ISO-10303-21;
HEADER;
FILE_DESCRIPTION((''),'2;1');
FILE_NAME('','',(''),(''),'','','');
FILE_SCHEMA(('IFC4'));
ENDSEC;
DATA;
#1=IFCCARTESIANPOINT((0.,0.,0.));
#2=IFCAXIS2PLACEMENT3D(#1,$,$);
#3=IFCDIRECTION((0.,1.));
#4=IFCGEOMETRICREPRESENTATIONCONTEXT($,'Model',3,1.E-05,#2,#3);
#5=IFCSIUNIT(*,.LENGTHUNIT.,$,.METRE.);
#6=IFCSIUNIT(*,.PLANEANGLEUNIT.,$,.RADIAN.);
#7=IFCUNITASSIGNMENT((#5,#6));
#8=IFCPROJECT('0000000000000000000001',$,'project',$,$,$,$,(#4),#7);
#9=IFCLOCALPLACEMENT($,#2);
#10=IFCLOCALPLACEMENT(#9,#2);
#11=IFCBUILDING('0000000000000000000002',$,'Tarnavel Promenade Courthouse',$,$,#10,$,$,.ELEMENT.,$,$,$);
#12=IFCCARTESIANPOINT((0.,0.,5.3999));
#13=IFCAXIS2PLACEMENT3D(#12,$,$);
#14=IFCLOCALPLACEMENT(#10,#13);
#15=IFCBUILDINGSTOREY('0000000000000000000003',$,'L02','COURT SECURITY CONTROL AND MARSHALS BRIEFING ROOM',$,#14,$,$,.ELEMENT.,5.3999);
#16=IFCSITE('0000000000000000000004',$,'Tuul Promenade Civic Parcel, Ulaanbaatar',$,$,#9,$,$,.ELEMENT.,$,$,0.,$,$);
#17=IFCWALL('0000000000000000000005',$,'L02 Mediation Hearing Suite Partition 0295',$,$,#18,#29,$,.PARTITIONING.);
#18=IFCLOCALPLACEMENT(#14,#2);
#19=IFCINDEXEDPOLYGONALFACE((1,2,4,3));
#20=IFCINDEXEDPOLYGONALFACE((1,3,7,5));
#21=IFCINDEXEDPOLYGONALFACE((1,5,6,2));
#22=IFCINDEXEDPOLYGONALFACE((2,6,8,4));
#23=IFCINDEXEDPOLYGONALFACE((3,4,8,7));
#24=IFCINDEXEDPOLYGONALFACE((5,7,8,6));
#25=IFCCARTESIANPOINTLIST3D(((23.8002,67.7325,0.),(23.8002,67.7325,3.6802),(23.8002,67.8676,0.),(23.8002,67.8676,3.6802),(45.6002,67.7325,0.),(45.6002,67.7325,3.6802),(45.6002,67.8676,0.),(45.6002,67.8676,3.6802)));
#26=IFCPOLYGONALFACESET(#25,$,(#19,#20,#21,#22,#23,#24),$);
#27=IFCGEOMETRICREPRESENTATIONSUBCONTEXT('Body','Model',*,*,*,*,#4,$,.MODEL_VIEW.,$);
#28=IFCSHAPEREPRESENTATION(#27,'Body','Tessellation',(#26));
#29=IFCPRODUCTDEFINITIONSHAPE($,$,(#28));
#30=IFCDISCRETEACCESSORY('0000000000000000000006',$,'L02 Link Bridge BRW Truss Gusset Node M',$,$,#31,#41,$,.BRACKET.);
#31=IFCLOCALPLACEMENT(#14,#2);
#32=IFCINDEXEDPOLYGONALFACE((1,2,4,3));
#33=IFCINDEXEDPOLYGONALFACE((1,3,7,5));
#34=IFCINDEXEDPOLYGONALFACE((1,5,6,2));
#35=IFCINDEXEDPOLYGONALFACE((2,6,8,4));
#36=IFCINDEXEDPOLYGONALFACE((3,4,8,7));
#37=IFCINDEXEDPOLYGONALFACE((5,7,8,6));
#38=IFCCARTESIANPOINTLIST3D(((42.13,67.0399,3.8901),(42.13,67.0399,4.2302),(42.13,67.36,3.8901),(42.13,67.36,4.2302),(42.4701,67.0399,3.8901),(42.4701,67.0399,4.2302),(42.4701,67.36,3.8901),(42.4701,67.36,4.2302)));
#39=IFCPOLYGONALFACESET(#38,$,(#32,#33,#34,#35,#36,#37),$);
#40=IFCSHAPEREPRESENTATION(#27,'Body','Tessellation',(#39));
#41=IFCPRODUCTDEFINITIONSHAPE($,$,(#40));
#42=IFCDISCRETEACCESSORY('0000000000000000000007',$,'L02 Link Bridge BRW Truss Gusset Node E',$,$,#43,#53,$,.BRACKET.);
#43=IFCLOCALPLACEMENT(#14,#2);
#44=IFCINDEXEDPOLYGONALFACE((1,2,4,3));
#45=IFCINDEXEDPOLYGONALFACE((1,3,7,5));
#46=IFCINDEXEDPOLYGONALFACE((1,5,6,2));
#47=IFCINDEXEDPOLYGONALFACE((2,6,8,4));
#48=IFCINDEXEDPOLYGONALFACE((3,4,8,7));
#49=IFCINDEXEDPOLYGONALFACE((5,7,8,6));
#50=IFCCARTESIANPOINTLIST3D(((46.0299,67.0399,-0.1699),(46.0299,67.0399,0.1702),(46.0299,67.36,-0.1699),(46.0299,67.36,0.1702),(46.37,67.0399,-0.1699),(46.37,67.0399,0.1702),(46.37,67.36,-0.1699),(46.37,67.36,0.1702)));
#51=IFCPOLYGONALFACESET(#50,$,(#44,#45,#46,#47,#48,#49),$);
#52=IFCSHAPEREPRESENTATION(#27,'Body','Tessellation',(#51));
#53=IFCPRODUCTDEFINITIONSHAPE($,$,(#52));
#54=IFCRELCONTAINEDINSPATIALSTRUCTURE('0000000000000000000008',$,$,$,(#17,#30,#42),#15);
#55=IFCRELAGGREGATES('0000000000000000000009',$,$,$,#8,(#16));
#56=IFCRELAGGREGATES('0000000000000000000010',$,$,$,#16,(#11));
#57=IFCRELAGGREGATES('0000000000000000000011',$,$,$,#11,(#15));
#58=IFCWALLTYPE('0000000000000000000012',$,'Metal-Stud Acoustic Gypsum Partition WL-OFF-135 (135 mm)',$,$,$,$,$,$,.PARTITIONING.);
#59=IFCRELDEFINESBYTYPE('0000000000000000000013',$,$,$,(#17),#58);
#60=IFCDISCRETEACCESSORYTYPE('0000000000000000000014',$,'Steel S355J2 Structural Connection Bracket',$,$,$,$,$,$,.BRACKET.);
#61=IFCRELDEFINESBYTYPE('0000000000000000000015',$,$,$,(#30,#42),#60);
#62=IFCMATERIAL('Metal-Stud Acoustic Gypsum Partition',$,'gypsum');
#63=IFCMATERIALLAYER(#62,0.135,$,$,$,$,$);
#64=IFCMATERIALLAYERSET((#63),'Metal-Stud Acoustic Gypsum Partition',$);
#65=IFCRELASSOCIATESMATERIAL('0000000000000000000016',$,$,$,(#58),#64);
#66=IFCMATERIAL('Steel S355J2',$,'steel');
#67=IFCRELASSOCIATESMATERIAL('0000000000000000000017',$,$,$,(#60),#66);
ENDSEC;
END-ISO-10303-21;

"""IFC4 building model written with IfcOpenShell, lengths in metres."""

from ifc_helpers import new_model, si_unit, direction, frame, frame_2d, origin, origin_2d, place, context, subcontext, project, spatial, rectangle, extrude, material, layer, layer_set, type_object, element, save


model = new_model("IFC4")

# Units and contexts
model_context = context("Model", 3, precision=1e-05, world=origin(), true_north=direction((0.0, 1.0)))
body_context = subcontext(model_context, "Body", "Model", "MODEL_VIEW")
ifc_project = project(units=[si_unit("LENGTHUNIT", "METRE"), si_unit("PLANEANGLEUNIT", "RADIAN")], contexts=[model_context])

# Site, building, storey
site_placement = place(None, origin())
site = spatial("IfcSite", under=ifc_project, at=site_placement, Name="Tuul Promenade Civic Parcel, Ulaanbaatar", CompositionType="ELEMENT", RefElevation=0.0)
building_placement = place(site_placement, origin())
building = spatial("IfcBuilding", under=site, at=building_placement, Name="Tarnavel Promenade Courthouse", CompositionType="ELEMENT")
storey_placement = place(building_placement, frame((0.0, 0.0, 5.3999)))
storey = spatial("IfcBuildingStorey", under=building, at=storey_placement, Name="L02", Description="COURT SECURITY CONTROL AND MARSHALS BRIEFING ROOM", CompositionType="ELEMENT", Elevation=5.3999)

# Shared definitions
ifc_material_1 = material(Name="Steel S355J2", Category="steel")

# Wall
ifc_material_2 = material(Name="Metal-Stud Acoustic Gypsum Partition", Category="gypsum")
ifc_layer_1 = layer(ifc_material_2, 0.135)
ifc_layer_set_1 = layer_set([ifc_layer_1], Name="Metal-Stud Acoustic Gypsum Partition")
wall_type = type_object("IfcWallType", Name="Metal-Stud Acoustic Gypsum Partition WL-OFF-135 (135 mm)", PredefinedType="PARTITIONING", material=ifc_layer_set_1)
wall_placement = place(storey_placement, frame((45.6001, 67.8, 0.0), z_axis=(0.0, 0.0, 1.0), x_axis=(-1.0, 0.0, 0.0)))
element("IfcWall", 1, at=wall_placement, inside=storey, type_object=wall_type, Name="L02 Mediation Hearing Suite Partition 0295", PredefinedType="PARTITIONING", context=body_context, shape_type="SweptSolid", body=[
    extrude(rectangle(XDim=21.8, YDim=0.135, at=frame_2d((10.8999, 0.0))), origin(), (0.0, 0.0, 1.0), 3.6802),
])

# Discrete accessories
discrete_accessory_type = type_object("IfcDiscreteAccessoryType", Name="Steel S355J2 Structural Connection Bracket", PredefinedType="BRACKET", material=ifc_material_1)
for number, where, z_axis, x_axis, name in (
    (2, (42.3, 67.2, 3.8901), (0.0, 0.0, 1.0), (1.0, 0.0, 0.0), "L02 Link Bridge BRW Truss Gusset Node M"),
    (3, (46.2, 67.2, -0.1699), (0.0, 0.0, 1.0), (1.0, 0.0, 0.0), "L02 Link Bridge BRW Truss Gusset Node E"),
):
    element("IfcDiscreteAccessory", number, at=place(storey_placement, frame(where, z_axis=z_axis, x_axis=x_axis)), inside=storey, type_object=discrete_accessory_type, Name=name, PredefinedType="BRACKET", context=body_context, shape_type="SweptSolid", body=[
        extrude(rectangle(XDim=0.3401, YDim=0.3201, at=origin_2d()), origin(), (0.0, 0.0, 1.0), 0.3401),
    ])

save(model, "model.ifc")
